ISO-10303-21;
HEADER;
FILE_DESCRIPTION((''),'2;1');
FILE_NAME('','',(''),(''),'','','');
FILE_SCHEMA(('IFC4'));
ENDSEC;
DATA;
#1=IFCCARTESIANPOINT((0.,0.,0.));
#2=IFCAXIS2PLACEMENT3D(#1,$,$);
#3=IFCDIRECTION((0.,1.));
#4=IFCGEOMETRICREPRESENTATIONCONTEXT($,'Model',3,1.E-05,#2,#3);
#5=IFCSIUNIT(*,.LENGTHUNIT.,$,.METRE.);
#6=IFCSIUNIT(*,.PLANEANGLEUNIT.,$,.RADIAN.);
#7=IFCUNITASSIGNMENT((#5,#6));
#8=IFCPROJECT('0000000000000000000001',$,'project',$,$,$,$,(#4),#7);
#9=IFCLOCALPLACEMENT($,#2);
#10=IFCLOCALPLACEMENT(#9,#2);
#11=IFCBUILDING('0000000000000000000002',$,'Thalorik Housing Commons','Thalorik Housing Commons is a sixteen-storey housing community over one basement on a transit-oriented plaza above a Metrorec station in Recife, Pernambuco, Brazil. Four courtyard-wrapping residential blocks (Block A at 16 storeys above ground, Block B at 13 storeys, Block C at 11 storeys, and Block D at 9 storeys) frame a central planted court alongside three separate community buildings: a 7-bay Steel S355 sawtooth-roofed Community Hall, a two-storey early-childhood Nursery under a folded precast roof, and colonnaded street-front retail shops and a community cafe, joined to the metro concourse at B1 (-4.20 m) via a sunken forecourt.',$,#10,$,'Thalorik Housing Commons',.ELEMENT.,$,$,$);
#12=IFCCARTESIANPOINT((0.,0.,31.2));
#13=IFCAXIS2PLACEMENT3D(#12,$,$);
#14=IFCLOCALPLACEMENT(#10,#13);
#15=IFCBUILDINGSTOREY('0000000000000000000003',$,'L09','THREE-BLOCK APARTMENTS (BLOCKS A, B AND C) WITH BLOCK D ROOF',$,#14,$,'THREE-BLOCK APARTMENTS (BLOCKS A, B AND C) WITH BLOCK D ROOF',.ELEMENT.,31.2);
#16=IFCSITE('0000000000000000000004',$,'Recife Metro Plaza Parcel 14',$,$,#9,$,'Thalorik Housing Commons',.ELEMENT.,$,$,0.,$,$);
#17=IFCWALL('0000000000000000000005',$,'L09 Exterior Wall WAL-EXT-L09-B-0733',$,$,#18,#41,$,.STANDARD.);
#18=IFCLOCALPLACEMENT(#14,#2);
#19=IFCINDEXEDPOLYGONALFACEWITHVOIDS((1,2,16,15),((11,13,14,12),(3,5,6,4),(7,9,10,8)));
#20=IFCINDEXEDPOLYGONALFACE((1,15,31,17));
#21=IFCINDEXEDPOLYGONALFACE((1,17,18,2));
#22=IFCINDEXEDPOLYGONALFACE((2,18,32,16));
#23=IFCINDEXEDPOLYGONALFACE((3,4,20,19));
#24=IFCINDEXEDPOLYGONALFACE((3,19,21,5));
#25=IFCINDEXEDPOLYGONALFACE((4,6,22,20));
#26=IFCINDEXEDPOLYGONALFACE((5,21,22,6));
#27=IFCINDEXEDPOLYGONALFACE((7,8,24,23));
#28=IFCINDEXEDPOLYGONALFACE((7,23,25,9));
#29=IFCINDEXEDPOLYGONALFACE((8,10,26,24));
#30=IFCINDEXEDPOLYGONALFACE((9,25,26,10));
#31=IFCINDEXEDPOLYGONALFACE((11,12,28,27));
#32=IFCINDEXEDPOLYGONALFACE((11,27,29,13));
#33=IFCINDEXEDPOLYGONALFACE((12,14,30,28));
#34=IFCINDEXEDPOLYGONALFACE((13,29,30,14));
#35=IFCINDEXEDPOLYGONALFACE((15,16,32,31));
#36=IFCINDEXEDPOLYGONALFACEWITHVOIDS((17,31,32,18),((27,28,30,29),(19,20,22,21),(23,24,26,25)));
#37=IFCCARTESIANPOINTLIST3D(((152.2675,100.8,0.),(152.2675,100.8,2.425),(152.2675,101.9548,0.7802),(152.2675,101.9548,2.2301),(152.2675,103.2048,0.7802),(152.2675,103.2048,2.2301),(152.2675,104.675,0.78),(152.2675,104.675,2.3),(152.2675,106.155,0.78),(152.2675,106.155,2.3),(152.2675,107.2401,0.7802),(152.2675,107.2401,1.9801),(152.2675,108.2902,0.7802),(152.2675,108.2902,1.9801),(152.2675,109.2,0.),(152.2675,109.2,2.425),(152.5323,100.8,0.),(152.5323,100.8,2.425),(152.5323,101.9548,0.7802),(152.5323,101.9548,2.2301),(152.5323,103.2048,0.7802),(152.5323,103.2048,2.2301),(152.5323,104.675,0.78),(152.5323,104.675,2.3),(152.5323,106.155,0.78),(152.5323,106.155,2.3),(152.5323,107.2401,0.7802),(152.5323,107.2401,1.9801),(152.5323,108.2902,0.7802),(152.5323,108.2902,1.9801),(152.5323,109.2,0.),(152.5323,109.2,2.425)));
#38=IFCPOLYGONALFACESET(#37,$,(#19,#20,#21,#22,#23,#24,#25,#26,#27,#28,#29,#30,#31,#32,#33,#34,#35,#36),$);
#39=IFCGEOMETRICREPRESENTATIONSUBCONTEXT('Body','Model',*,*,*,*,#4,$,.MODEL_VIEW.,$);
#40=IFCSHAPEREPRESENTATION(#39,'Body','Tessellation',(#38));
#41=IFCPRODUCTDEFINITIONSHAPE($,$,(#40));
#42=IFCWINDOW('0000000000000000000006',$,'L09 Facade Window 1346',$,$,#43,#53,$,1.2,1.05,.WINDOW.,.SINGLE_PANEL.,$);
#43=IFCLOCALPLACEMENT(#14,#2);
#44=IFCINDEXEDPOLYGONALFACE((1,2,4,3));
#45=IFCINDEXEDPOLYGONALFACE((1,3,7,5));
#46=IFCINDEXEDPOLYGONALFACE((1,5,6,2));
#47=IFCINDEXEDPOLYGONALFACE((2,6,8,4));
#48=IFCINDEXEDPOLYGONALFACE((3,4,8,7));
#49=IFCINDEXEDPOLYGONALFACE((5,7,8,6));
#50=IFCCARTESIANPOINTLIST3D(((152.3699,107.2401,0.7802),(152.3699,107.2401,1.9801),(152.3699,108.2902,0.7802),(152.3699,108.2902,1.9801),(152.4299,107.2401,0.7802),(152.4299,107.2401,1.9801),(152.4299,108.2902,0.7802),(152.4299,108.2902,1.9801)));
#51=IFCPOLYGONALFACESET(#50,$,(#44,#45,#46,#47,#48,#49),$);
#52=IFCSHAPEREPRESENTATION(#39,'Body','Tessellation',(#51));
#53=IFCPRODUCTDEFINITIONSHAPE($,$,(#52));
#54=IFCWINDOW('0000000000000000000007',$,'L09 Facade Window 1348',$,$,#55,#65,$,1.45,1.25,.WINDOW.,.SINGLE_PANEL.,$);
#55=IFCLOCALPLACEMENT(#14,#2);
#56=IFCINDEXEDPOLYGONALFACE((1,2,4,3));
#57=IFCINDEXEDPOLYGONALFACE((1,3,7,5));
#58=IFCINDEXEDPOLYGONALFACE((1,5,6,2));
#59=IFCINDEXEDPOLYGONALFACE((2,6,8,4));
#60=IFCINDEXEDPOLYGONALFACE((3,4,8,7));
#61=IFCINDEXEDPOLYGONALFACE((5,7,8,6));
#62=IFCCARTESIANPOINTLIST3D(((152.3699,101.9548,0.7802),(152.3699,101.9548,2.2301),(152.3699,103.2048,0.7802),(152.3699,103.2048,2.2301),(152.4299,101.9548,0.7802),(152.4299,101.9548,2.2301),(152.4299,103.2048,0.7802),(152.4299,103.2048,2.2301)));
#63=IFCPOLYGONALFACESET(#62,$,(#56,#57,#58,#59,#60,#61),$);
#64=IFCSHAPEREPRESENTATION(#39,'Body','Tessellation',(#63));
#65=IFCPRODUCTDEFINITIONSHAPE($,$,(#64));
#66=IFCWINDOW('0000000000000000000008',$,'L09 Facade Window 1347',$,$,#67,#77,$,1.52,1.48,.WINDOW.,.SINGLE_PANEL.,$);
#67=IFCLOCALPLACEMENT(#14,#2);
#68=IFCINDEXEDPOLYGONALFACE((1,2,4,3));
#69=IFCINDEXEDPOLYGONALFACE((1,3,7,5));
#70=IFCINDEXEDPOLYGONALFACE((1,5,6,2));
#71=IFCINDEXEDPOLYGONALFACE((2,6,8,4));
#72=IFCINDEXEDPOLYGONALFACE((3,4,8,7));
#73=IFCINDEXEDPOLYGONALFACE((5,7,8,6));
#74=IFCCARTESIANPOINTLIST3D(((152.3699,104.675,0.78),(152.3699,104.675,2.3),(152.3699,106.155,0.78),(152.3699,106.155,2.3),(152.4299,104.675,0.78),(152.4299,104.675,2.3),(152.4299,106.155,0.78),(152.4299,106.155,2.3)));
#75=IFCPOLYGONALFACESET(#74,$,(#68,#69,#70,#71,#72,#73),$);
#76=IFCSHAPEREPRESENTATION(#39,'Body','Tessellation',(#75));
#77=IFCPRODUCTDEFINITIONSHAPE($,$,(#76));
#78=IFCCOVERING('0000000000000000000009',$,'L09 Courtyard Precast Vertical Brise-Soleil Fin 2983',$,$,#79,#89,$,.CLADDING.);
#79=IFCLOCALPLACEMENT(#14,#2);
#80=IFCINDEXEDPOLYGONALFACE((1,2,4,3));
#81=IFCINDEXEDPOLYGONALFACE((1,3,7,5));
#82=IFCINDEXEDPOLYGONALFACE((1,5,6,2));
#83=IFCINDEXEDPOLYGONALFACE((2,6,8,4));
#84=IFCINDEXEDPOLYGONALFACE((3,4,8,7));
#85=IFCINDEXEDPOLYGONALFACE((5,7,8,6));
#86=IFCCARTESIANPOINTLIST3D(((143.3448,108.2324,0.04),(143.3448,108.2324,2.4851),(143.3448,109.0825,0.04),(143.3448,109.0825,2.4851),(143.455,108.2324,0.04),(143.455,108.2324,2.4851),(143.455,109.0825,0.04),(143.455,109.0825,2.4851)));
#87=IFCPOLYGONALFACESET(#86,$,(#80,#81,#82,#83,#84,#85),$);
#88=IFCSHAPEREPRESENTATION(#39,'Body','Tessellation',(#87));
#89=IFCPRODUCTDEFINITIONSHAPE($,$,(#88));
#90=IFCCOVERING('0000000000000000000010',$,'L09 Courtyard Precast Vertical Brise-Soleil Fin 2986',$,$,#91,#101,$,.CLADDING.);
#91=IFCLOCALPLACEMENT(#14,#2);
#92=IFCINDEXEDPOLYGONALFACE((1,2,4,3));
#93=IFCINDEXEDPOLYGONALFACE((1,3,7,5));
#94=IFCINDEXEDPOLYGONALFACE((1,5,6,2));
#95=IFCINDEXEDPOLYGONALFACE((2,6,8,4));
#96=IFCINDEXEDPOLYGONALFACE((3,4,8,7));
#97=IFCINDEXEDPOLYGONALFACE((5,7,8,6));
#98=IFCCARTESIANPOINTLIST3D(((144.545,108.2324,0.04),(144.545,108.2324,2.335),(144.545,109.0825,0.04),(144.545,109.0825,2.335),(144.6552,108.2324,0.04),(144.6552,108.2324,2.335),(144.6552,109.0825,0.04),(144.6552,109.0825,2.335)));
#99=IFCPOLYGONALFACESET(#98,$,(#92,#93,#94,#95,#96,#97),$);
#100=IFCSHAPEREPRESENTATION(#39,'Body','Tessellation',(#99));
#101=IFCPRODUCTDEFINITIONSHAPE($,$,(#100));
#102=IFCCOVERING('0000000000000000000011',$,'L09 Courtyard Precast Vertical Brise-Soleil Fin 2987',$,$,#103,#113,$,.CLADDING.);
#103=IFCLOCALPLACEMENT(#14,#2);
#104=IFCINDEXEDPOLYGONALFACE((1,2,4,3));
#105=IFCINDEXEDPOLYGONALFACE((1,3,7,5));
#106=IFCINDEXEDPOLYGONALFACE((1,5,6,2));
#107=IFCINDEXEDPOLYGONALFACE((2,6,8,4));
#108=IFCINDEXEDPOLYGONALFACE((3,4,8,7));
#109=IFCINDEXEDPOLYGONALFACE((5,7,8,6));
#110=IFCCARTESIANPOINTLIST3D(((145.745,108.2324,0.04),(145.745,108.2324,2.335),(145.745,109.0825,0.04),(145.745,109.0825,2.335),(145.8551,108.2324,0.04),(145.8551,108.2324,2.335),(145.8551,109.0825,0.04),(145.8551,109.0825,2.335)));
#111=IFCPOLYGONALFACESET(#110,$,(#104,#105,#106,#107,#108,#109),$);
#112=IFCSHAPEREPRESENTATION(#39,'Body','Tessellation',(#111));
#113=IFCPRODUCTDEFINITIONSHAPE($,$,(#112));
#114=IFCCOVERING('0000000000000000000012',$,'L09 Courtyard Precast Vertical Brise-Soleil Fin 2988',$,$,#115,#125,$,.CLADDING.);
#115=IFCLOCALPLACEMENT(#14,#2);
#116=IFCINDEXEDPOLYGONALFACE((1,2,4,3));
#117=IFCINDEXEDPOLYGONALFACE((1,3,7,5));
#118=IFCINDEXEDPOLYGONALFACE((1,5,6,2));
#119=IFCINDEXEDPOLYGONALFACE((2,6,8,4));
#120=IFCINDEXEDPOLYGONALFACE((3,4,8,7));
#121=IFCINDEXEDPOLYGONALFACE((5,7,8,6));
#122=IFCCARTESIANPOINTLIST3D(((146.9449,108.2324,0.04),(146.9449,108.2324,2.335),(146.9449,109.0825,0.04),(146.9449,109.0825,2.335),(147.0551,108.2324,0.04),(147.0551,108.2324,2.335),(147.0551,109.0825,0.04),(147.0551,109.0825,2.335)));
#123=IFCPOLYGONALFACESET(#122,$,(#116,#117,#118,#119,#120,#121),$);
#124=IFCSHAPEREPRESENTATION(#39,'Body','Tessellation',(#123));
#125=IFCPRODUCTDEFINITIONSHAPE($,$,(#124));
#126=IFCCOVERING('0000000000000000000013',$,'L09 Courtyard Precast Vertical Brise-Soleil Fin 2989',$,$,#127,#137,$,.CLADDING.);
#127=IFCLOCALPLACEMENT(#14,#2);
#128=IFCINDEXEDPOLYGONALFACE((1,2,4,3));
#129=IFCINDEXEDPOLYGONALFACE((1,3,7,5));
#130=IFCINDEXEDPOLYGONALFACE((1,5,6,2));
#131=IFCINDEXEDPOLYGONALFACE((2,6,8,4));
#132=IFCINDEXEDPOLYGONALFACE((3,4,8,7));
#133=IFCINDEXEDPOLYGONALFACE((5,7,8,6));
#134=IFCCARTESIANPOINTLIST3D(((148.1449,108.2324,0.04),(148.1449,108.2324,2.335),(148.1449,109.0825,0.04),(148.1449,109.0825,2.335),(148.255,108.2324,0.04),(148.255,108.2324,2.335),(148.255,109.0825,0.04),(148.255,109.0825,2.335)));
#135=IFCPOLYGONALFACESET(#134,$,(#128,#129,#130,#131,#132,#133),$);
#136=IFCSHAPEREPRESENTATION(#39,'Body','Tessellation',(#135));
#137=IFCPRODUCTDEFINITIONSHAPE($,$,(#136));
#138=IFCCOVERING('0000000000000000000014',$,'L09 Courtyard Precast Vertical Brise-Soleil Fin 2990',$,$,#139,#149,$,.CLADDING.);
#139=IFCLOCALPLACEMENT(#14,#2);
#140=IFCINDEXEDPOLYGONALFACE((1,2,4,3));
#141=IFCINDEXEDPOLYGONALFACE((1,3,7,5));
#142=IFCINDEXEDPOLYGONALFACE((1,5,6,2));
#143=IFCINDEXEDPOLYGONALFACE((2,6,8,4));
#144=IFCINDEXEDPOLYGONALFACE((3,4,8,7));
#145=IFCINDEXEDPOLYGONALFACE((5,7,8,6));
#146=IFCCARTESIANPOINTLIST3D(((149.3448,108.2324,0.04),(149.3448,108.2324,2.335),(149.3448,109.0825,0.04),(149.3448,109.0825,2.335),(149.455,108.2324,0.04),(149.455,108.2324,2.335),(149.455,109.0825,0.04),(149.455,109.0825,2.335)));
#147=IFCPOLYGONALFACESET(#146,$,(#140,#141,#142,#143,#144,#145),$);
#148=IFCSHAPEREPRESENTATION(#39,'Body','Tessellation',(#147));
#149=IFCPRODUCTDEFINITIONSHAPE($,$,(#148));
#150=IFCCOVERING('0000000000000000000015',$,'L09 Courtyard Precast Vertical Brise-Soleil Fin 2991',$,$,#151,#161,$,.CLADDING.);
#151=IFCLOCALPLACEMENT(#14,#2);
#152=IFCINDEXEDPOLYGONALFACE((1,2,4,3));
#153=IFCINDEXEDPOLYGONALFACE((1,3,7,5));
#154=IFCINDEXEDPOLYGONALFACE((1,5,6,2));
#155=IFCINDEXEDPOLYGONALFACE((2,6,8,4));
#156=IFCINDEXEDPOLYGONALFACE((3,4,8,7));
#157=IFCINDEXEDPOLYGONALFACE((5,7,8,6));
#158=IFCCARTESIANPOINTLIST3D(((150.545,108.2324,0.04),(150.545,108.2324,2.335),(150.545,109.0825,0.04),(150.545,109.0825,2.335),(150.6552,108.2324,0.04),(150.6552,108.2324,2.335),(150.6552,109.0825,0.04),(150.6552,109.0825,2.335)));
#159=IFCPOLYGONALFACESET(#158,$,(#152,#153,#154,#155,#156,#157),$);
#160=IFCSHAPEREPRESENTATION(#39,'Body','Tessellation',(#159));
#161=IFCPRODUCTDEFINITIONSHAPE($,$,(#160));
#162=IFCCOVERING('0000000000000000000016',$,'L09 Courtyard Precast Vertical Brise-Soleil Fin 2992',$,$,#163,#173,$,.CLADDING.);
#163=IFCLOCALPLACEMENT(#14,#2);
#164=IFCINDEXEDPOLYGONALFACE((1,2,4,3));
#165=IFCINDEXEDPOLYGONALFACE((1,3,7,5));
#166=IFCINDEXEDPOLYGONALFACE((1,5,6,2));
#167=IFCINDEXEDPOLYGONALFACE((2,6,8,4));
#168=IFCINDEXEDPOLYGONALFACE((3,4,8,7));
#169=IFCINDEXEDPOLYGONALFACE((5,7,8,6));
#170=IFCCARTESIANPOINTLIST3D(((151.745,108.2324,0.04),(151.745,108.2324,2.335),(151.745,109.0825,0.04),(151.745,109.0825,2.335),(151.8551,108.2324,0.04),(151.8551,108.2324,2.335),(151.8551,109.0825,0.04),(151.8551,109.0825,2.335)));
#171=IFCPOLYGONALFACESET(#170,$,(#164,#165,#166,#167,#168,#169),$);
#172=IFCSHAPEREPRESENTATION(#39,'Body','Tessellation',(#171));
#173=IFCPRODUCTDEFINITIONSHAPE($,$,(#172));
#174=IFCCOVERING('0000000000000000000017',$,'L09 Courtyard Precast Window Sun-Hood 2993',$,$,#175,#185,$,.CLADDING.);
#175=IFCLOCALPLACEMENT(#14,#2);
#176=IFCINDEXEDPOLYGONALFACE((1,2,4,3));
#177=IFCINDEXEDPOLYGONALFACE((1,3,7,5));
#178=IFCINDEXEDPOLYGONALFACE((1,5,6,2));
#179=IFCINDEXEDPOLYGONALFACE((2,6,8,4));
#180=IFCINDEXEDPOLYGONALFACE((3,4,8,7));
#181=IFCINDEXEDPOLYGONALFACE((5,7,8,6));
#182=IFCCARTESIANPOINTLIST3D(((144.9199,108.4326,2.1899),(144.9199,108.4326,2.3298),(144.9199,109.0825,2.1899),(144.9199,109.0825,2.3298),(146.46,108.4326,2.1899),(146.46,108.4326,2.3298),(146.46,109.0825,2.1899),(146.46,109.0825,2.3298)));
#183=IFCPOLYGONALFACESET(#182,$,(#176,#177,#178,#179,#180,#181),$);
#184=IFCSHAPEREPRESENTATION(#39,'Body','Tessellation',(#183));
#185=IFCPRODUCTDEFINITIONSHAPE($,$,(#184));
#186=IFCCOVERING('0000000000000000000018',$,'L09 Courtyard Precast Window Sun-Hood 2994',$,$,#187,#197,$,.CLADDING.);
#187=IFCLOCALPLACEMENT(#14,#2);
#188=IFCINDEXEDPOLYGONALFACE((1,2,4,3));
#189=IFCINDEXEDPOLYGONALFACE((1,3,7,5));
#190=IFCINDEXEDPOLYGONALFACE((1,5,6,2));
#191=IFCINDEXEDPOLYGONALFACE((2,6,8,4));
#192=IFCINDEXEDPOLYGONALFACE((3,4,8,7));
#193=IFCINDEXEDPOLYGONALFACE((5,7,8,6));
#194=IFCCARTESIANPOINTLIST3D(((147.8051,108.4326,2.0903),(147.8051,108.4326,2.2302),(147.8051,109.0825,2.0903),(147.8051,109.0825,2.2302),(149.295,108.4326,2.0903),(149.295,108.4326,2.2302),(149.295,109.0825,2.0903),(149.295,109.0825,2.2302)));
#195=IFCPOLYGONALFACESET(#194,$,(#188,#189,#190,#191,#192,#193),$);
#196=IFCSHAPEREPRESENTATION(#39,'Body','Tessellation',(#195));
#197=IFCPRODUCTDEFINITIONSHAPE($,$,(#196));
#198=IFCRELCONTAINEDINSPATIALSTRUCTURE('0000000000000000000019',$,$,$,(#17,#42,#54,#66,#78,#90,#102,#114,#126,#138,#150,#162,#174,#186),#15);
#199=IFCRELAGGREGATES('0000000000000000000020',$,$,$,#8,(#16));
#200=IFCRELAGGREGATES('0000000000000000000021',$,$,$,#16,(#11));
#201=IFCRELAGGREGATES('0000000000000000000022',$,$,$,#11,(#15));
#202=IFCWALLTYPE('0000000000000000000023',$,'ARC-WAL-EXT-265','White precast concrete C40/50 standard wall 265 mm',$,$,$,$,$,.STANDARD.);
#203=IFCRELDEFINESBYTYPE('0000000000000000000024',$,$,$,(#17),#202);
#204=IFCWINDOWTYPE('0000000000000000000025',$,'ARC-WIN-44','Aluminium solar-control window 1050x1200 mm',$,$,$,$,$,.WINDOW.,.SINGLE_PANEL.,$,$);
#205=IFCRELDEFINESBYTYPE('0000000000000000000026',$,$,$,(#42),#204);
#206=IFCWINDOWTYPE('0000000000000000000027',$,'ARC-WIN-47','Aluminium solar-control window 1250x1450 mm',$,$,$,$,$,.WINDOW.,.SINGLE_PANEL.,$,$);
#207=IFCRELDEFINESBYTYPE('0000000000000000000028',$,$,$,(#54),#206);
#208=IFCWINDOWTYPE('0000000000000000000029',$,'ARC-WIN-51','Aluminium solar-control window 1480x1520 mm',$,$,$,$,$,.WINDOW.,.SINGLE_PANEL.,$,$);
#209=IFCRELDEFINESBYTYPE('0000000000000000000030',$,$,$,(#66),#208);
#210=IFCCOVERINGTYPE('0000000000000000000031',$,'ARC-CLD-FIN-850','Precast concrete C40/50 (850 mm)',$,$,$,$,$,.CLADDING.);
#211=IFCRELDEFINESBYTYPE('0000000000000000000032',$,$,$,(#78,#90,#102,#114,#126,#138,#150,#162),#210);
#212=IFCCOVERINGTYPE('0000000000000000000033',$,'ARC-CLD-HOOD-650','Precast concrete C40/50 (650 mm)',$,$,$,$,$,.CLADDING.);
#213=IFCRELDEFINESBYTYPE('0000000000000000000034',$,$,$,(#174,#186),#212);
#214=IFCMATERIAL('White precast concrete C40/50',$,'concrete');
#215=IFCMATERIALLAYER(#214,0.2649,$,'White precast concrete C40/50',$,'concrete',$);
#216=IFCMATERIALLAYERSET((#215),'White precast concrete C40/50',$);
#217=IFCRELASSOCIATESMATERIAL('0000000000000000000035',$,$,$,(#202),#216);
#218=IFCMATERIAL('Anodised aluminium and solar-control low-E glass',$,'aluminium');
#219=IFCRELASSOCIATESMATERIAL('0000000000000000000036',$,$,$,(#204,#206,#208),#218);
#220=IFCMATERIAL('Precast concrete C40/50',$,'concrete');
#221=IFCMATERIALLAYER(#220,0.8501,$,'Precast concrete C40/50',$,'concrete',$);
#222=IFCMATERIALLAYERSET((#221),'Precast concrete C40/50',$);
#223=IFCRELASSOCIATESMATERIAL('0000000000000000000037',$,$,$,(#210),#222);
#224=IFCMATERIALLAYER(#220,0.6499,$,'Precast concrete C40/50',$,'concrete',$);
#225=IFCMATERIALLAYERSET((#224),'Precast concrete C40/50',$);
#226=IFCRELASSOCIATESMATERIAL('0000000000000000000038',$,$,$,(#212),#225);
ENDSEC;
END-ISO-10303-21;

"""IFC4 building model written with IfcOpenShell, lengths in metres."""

from ifc_helpers import new_model, si_unit, direction, frame, frame_2d, origin, origin_2d, place, context, subcontext, project, spatial, rectangle, extrude, material, layer, layer_set, type_object, element, fill, save


model = new_model("IFC4")

# Units and contexts
model_context = context("Model", 3, precision=1e-05, world=origin(), true_north=direction((0.0, 1.0)))
body_context = subcontext(model_context, "Body", "Model", "MODEL_VIEW")
ifc_project = project(units=[si_unit("LENGTHUNIT", "METRE"), si_unit("PLANEANGLEUNIT", "RADIAN")], contexts=[model_context])

# Site, building, storey
site_placement = place(None, origin())
site = spatial("IfcSite", under=ifc_project, at=site_placement, Name="Recife Metro Plaza Parcel 14", LongName="Thalorik Housing Commons", CompositionType="ELEMENT", RefElevation=0.0)
building_placement = place(site_placement, origin())
building = spatial("IfcBuilding", under=site, at=building_placement, Name="Thalorik Housing Commons", Description="Thalorik Housing Commons is a sixteen-storey housing community over one basement on a transit-oriented plaza above a Metrorec station in Recife, Pernambuco, Brazil. Four courtyard-wrapping residential blocks (Block A at 16 storeys above ground, Block B at 13 storeys, Block C at 11 storeys, and Block D at 9 storeys) frame a central planted court alongside three separate community buildings: a 7-bay Steel S355 sawtooth-roofed Community Hall, a two-storey early-childhood Nursery under a folded precast roof, and colonnaded street-front retail shops and a community cafe, joined to the metro concourse at B1 (-4.20 m) via a sunken forecourt.", LongName="Thalorik Housing Commons", CompositionType="ELEMENT")
storey_placement = place(building_placement, frame((0.0, 0.0, 31.2)))
storey = spatial("IfcBuildingStorey", under=building, at=storey_placement, Name="L09", Description="THREE-BLOCK APARTMENTS (BLOCKS A, B AND C) WITH BLOCK D ROOF", LongName="THREE-BLOCK APARTMENTS (BLOCKS A, B AND C) WITH BLOCK D ROOF", CompositionType="ELEMENT", Elevation=31.2)

# Shared definitions
ifc_material_1 = material(Name="Precast concrete C40/50", Category="concrete")

# Wall, openings, windows
ifc_material_2 = material(Name="White precast concrete C40/50", Category="concrete")
ifc_layer_1 = layer(ifc_material_2, 0.2649, Name="White precast concrete C40/50", Category="concrete")
ifc_layer_set_1 = layer_set([ifc_layer_1], Name="White precast concrete C40/50")
wall_type_1 = type_object("IfcWallType", Name="ARC-WAL-EXT-265", Description="White precast concrete C40/50 standard wall 265 mm", PredefinedType="STANDARD", material=ifc_layer_set_1)
ifc_material_3 = material(Name="Anodised aluminium and solar-control low-E glass", Category="aluminium")
wall_1_placement = place(storey_placement, frame((152.3999, 109.2, 0.0), z_axis=(0.0, 0.0, 1.0), x_axis=(0.0, -1.0, 0.0)))
wall_1 = element("IfcWall", 1, at=wall_1_placement, inside=storey, type_object=wall_type_1, Name="L09 Exterior Wall WAL-EXT-L09-B-0733", PredefinedType="STANDARD", context=body_context, shape_type="SweptSolid", body=[
    extrude(rectangle(XDim=8.3999, YDim=0.2649, at=frame_2d((4.2, 0.0))), origin(), (0.0, 0.0, 1.0), 2.425),
])
opening_1_placement = place(wall_1_placement, frame((0.9099, 0.0, 0.78)))
opening_1 = element("IfcOpeningElement", 2, at=opening_1_placement, cuts=wall_1, PredefinedType="OPENING", context=body_context, shape_type="SweptSolid", body=[
    extrude(rectangle(XDim=1.05, YDim=1.2, at=frame_2d((0.5249, 0.6001))), frame((0.0, 0.1426, 0.0), z_axis=(0.0, -1.0, 0.0), x_axis=(1.0, 0.0, 0.0)), (0.0, 0.0, 1.0), 0.2849),
])
opening_2_placement = place(wall_1_placement, frame((3.0449, 0.0, 0.78)))
opening_2 = element("IfcOpeningElement", 3, at=opening_2_placement, cuts=wall_1, PredefinedType="OPENING", context=body_context, shape_type="SweptSolid", body=[
    extrude(rectangle(XDim=1.48, YDim=1.52, at=frame_2d((0.74, 0.76))), frame((0.0, 0.1426, 0.0), z_axis=(0.0, -1.0, 0.0), x_axis=(1.0, 0.0, 0.0)), (0.0, 0.0, 1.0), 0.2849),
])
opening_3_placement = place(wall_1_placement, frame((5.9951, 0.0, 0.78)))
opening_3 = element("IfcOpeningElement", 4, at=opening_3_placement, cuts=wall_1, PredefinedType="OPENING", context=body_context, shape_type="SweptSolid", body=[
    extrude(rectangle(XDim=1.25, YDim=1.45, at=frame_2d((0.625, 0.7251))), frame((0.0, 0.1426, 0.0), z_axis=(0.0, -1.0, 0.0), x_axis=(1.0, 0.0, 0.0)), (0.0, 0.0, 1.0), 0.2849),
])
window_type_1 = type_object("IfcWindowType", Name="ARC-WIN-44", Description="Aluminium solar-control window 1050x1200 mm", PartitioningType="SINGLE_PANEL", PredefinedType="WINDOW", material=ifc_material_3)
window_1_placement = place(opening_1_placement, origin())
window_1 = element("IfcWindow", 5, at=window_1_placement, inside=storey, type_object=window_type_1, Name="L09 Facade Window 1346", OverallHeight=1.2, OverallWidth=1.05, PartitioningType="SINGLE_PANEL", PredefinedType="WINDOW", context=body_context, shape_type="SweptSolid", body=[
    extrude(rectangle(XDim=1.05, YDim=1.2, at=frame_2d((0.5249, 0.6001))), frame((0.0, 0.03, 0.0), z_axis=(0.0, -1.0, 0.0), x_axis=(1.0, 0.0, 0.0)), (0.0, 0.0, 1.0), 0.0601),
])
fill(opening_1, window_1)
window_type_2 = type_object("IfcWindowType", Name="ARC-WIN-47", Description="Aluminium solar-control window 1250x1450 mm", PartitioningType="SINGLE_PANEL", PredefinedType="WINDOW", material=ifc_material_3)
window_2_placement = place(opening_3_placement, origin())
window_2 = element("IfcWindow", 6, at=window_2_placement, inside=storey, type_object=window_type_2, Name="L09 Facade Window 1348", OverallHeight=1.45, OverallWidth=1.25, PartitioningType="SINGLE_PANEL", PredefinedType="WINDOW", context=body_context, shape_type="SweptSolid", body=[
    extrude(rectangle(XDim=1.25, YDim=1.45, at=frame_2d((0.625, 0.7251))), frame((0.0, 0.03, 0.0), z_axis=(0.0, -1.0, 0.0), x_axis=(1.0, 0.0, 0.0)), (0.0, 0.0, 1.0), 0.0601),
])
fill(opening_3, window_2)
window_type_3 = type_object("IfcWindowType", Name="ARC-WIN-51", Description="Aluminium solar-control window 1480x1520 mm", PartitioningType="SINGLE_PANEL", PredefinedType="WINDOW", material=ifc_material_3)
window_3_placement = place(opening_2_placement, origin())
window_3 = element("IfcWindow", 7, at=window_3_placement, inside=storey, type_object=window_type_3, Name="L09 Facade Window 1347", OverallHeight=1.52, OverallWidth=1.48, PartitioningType="SINGLE_PANEL", PredefinedType="WINDOW", context=body_context, shape_type="SweptSolid", body=[
    extrude(rectangle(XDim=1.48, YDim=1.52, at=frame_2d((0.74, 0.76))), frame((0.0, 0.03, 0.0), z_axis=(0.0, -1.0, 0.0), x_axis=(1.0, 0.0, 0.0)), (0.0, 0.0, 1.0), 0.0601),
])
fill(opening_2, window_3)

# Coverings
ifc_layer_2 = layer(ifc_material_1, 0.8501, Name="Precast concrete C40/50", Category="concrete")
ifc_layer_set_2 = layer_set([ifc_layer_2], Name="Precast concrete C40/50")
covering_type_1 = type_object("IfcCoveringType", Name="ARC-CLD-FIN-850", Description="Precast concrete C40/50 (850 mm)", PredefinedType="CLADDING", material=ifc_layer_set_2)
covering_1_placement = place(storey_placement, frame((143.3999, 108.6575, 0.04), z_axis=(0.0, 0.0, 1.0), x_axis=(1.0, 0.0, 0.0)))
element("IfcCovering", 8, at=covering_1_placement, inside=storey, type_object=covering_type_1, Name="L09 Courtyard Precast Vertical Brise-Soleil Fin 2983", PredefinedType="CLADDING", context=body_context, shape_type="SweptSolid", body=[
    extrude(rectangle(XDim=0.1101, YDim=0.8501, at=origin_2d()), origin(), (0.0, 0.0, 1.0), 2.4451),
])
for number, where, z_axis, x_axis, name in (
    (9, (144.6001, 108.6575, 0.04), (0.0, 0.0, 1.0), (1.0, 0.0, 0.0), "L09 Courtyard Precast Vertical Brise-Soleil Fin 2986"),
    (10, (145.8, 108.6575, 0.04), (0.0, 0.0, 1.0), (1.0, 0.0, 0.0), "L09 Courtyard Precast Vertical Brise-Soleil Fin 2987"),
    (11, (147.0, 108.6575, 0.04), (0.0, 0.0, 1.0), (1.0, 0.0, 0.0), "L09 Courtyard Precast Vertical Brise-Soleil Fin 2988"),
    (12, (148.2, 108.6575, 0.04), (0.0, 0.0, 1.0), (1.0, 0.0, 0.0), "L09 Courtyard Precast Vertical Brise-Soleil Fin 2989"),
    (13, (149.3999, 108.6575, 0.04), (0.0, 0.0, 1.0), (1.0, 0.0, 0.0), "L09 Courtyard Precast Vertical Brise-Soleil Fin 2990"),
    (14, (150.6001, 108.6575, 0.04), (0.0, 0.0, 1.0), (1.0, 0.0, 0.0), "L09 Courtyard Precast Vertical Brise-Soleil Fin 2991"),
    (15, (151.8, 108.6575, 0.04), (0.0, 0.0, 1.0), (1.0, 0.0, 0.0), "L09 Courtyard Precast Vertical Brise-Soleil Fin 2992"),
):
    element("IfcCovering", number, at=place(storey_placement, frame(where, z_axis=z_axis, x_axis=x_axis)), inside=storey, type_object=covering_type_1, Name=name, PredefinedType="CLADDING", context=body_context, shape_type="SweptSolid", body=[
        extrude(rectangle(XDim=0.1101, YDim=0.8501, at=origin_2d()), origin(), (0.0, 0.0, 1.0), 2.2949),
    ])
ifc_layer_3 = layer(ifc_material_1, 0.6499, Name="Precast concrete C40/50", Category="concrete")
ifc_layer_set_3 = layer_set([ifc_layer_3], Name="Precast concrete C40/50")
covering_type_2 = type_object("IfcCoveringType", Name="ARC-CLD-HOOD-650", Description="Precast concrete C40/50 (650 mm)", PredefinedType="CLADDING", material=ifc_layer_set_3)
covering_2_placement = place(storey_placement, frame((145.6899, 108.7576, 2.1899), z_axis=(0.0, 0.0, 1.0), x_axis=(1.0, 0.0, 0.0)))
element("IfcCovering", 16, at=covering_2_placement, inside=storey, type_object=covering_type_2, Name="L09 Courtyard Precast Window Sun-Hood 2993", PredefinedType="CLADDING", context=body_context, shape_type="SweptSolid", body=[
    extrude(rectangle(XDim=1.54, YDim=0.6499, at=origin_2d()), origin(), (0.0, 0.0, 1.0), 0.1399),
])
covering_3_placement = place(storey_placement, frame((148.55, 108.7576, 2.0903), z_axis=(0.0, 0.0, 1.0), x_axis=(1.0, 0.0, 0.0)))
element("IfcCovering", 17, at=covering_3_placement, inside=storey, type_object=covering_type_2, Name="L09 Courtyard Precast Window Sun-Hood 2994", PredefinedType="CLADDING", context=body_context, shape_type="SweptSolid", body=[
    extrude(rectangle(XDim=1.49, YDim=0.6499, at=origin_2d()), origin(), (0.0, 0.0, 1.0), 0.1399),
])

save(model, "model.ifc")
